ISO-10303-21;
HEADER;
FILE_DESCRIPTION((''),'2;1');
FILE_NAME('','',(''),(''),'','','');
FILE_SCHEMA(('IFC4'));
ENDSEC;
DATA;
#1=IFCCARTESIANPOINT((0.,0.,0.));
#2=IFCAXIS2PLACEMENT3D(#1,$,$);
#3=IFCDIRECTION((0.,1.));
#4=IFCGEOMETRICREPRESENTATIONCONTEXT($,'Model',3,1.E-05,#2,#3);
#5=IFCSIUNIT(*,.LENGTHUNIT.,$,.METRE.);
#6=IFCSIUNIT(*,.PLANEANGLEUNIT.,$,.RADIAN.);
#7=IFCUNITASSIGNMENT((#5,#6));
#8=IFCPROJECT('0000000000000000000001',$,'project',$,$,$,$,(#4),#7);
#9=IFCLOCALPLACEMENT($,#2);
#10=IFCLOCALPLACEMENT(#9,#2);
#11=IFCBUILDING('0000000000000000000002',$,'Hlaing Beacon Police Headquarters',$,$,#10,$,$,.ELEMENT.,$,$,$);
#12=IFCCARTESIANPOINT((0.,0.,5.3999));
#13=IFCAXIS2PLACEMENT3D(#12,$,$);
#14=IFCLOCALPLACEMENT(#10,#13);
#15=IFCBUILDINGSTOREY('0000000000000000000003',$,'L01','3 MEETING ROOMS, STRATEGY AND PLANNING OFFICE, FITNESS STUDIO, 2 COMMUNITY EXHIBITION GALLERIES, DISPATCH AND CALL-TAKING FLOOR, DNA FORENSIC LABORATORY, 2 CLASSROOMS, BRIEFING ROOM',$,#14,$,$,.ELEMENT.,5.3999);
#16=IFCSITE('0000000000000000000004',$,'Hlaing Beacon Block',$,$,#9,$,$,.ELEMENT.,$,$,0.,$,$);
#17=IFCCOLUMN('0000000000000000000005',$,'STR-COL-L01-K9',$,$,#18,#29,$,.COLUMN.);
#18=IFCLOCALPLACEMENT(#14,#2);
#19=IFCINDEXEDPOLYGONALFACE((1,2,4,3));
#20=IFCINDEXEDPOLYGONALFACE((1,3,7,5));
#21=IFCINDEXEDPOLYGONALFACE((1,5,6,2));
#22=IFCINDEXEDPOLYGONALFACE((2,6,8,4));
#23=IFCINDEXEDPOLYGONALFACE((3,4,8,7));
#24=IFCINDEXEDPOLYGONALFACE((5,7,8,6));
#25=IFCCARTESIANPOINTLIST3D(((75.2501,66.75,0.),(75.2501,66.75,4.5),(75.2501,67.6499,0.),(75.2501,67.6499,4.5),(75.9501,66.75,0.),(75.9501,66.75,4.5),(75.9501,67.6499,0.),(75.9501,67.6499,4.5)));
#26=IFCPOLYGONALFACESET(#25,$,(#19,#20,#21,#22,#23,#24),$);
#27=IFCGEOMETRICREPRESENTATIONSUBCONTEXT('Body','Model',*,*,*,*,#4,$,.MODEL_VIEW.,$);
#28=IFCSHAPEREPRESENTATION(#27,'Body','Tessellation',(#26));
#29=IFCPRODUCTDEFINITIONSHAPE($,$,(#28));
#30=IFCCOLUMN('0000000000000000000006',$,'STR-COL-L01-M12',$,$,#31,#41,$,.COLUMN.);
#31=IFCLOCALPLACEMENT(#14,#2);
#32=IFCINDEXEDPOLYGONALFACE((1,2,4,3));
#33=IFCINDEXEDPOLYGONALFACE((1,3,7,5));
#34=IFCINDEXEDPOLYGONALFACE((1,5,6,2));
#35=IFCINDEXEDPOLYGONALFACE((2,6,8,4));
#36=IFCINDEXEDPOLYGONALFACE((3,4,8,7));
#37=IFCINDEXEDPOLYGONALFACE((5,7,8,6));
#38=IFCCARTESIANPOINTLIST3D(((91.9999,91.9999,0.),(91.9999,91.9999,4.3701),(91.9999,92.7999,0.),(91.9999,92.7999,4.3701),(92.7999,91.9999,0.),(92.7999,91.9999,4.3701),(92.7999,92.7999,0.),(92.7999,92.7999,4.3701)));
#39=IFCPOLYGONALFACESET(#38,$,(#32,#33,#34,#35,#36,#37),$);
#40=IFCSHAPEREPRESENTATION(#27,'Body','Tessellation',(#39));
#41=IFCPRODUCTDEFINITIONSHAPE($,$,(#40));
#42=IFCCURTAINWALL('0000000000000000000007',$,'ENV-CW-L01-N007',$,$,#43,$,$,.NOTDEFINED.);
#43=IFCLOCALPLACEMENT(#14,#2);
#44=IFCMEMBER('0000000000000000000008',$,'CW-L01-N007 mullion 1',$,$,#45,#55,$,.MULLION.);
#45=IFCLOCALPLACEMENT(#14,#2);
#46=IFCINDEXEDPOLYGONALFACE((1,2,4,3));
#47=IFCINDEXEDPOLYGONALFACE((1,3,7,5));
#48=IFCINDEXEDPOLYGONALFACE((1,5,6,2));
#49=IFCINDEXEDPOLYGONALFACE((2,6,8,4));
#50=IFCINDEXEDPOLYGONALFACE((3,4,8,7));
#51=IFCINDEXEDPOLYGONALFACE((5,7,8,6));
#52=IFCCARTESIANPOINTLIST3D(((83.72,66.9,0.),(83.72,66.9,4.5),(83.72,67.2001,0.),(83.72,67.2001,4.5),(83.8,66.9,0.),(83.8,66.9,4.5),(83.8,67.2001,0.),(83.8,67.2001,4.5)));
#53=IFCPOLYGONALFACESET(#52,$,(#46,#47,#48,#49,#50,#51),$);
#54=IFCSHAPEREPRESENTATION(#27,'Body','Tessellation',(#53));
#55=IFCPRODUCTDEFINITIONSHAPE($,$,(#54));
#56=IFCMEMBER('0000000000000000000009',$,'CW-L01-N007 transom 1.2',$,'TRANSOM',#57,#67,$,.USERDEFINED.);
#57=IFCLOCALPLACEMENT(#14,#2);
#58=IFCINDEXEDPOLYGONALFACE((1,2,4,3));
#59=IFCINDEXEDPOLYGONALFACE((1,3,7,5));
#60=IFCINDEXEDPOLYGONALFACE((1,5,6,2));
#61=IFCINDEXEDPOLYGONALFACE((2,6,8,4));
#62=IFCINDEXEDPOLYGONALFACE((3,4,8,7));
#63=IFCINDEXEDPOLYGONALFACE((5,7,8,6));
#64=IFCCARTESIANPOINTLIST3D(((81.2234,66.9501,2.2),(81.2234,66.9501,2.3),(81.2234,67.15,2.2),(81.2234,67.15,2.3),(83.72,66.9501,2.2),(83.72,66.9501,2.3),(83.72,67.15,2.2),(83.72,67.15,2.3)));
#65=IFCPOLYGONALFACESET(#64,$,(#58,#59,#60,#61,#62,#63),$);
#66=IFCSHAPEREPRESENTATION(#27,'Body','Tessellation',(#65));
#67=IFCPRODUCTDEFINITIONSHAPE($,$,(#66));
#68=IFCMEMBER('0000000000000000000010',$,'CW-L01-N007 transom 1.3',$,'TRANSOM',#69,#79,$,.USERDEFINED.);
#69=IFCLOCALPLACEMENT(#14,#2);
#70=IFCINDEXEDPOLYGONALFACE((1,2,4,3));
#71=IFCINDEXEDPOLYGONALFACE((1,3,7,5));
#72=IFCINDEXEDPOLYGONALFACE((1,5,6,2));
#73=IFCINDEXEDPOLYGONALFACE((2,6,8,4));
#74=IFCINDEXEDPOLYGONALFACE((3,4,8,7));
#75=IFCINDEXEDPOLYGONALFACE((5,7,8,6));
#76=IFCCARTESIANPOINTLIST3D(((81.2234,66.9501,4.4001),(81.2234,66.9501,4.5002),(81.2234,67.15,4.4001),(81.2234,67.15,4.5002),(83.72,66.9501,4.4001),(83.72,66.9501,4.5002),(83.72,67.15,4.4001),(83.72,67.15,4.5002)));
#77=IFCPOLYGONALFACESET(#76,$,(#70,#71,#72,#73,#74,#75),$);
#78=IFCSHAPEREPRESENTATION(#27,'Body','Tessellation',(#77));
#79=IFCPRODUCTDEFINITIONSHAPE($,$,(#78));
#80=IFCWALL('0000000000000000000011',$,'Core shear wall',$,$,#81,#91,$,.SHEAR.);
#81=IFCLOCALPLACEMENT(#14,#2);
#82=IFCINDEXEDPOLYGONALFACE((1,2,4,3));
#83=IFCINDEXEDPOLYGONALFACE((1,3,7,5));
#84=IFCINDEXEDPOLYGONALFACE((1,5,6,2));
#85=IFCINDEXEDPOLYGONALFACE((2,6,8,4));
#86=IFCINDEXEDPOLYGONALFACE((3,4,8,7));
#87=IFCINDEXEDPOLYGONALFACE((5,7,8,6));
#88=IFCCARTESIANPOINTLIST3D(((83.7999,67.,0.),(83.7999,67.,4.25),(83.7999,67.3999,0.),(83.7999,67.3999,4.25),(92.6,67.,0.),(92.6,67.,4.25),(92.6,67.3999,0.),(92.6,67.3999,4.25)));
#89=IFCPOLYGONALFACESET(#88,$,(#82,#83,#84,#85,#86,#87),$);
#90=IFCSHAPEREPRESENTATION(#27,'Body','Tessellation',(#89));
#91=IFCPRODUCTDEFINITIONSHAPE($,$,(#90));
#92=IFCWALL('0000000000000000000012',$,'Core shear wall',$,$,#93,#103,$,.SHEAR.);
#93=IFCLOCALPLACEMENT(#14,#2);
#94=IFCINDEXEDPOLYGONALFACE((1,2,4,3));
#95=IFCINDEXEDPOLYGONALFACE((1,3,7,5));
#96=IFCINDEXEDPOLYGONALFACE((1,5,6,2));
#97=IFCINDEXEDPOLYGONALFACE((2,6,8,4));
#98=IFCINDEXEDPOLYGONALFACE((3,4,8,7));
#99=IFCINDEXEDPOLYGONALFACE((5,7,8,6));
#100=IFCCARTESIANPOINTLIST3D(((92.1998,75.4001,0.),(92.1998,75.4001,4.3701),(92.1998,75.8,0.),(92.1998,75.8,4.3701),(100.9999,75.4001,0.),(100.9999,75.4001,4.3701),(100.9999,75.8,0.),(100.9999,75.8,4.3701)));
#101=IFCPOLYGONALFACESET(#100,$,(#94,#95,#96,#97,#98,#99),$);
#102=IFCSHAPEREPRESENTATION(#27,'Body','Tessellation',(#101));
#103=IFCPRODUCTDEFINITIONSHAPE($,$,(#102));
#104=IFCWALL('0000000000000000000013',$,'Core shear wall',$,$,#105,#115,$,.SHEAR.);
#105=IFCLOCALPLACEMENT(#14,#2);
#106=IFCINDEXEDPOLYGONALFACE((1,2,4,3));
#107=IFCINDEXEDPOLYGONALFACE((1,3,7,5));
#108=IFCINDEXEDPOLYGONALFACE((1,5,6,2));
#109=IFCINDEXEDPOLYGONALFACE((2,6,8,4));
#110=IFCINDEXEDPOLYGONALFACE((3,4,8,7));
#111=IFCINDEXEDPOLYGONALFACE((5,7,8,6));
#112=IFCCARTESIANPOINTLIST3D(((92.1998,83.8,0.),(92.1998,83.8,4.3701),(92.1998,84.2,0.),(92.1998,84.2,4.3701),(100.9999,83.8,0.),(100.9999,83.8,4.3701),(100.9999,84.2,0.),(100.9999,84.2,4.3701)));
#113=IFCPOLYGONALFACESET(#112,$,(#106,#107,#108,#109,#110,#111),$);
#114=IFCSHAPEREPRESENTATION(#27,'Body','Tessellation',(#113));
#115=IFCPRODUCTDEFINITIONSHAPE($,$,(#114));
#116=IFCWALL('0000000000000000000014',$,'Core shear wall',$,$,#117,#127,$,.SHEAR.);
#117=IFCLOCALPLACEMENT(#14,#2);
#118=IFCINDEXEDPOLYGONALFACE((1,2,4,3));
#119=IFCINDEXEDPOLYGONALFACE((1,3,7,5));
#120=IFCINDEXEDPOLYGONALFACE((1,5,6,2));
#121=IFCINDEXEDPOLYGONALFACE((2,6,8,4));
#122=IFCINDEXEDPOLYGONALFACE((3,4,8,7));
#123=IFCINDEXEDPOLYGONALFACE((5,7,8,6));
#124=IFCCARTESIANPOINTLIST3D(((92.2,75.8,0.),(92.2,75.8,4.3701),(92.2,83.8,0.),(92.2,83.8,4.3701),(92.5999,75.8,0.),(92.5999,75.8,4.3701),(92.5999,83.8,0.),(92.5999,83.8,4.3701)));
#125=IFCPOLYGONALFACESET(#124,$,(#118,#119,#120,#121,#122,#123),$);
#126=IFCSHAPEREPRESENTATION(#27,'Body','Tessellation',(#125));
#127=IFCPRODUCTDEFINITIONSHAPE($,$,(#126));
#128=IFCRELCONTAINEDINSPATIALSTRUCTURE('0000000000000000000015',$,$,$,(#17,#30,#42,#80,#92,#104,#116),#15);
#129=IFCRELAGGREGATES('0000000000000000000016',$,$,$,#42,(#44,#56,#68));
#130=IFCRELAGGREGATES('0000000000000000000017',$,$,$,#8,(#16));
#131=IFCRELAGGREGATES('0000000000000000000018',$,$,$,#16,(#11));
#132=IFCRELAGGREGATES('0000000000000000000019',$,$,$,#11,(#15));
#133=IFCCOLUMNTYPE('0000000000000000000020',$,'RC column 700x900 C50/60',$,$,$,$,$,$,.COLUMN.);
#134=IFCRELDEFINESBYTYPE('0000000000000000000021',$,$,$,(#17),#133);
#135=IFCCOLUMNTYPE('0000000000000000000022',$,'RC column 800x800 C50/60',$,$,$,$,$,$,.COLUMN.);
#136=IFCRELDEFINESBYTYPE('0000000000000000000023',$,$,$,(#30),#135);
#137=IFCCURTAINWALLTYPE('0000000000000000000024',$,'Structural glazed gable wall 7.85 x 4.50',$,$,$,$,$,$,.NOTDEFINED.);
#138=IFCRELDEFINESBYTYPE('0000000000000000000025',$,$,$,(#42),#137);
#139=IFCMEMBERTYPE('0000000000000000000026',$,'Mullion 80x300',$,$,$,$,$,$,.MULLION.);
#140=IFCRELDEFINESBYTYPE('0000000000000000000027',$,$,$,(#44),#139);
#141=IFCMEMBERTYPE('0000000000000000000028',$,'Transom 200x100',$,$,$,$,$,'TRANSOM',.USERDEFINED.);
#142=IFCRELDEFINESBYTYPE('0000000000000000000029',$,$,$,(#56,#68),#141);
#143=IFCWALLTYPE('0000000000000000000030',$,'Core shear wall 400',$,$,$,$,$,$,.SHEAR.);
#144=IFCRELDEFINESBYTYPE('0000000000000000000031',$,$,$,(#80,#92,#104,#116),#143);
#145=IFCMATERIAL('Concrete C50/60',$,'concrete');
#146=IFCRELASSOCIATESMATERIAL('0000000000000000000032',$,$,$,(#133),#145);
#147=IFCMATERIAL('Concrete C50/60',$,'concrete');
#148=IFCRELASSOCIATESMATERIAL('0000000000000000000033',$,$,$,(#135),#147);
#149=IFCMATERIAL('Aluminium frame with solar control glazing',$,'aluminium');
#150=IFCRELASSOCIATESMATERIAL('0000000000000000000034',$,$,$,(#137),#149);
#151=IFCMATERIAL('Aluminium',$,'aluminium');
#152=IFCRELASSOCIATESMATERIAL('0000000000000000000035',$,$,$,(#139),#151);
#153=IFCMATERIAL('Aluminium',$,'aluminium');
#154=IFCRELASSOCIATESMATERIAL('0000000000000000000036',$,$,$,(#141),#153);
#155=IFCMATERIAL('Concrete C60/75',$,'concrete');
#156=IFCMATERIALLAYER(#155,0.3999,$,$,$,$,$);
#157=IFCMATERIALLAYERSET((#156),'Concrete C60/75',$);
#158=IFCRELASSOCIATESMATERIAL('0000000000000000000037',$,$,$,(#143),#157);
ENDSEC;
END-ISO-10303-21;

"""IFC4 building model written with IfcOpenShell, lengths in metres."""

from ifc_helpers import new_model, si_unit, direction, frame, frame_2d, origin, origin_2d, place, context, subcontext, project, spatial, rectangle, extrude, material, layer, layer_set, material_profile, profile_set, type_object, element, aggregate, save


model = new_model("IFC4")

# Units and contexts
model_context = context("Model", 3, precision=1e-05, world=origin(), true_north=direction((0.0, 1.0)))
body_context = subcontext(model_context, "Body", "Model", "MODEL_VIEW")
ifc_project = project(units=[si_unit("LENGTHUNIT", "METRE"), si_unit("PLANEANGLEUNIT", "RADIAN")], contexts=[model_context])

# Site, building, storey
site_placement = place(None, origin())
site = spatial("IfcSite", under=ifc_project, at=site_placement, Name="Hlaing Beacon Block", CompositionType="ELEMENT", RefElevation=0.0)
building_placement = place(site_placement, origin())
building = spatial("IfcBuilding", under=site, at=building_placement, Name="Hlaing Beacon Police Headquarters", CompositionType="ELEMENT")
storey_placement = place(building_placement, frame((0.0, 0.0, 5.3999)))
storey = spatial("IfcBuildingStorey", under=building, at=storey_placement, Name="L01", Description="3 MEETING ROOMS, STRATEGY AND PLANNING OFFICE, FITNESS STUDIO, 2 COMMUNITY EXHIBITION GALLERIES, DISPATCH AND CALL-TAKING FLOOR, DNA FORENSIC LABORATORY, 2 CLASSROOMS, BRIEFING ROOM", CompositionType="ELEMENT", Elevation=5.3999)

# Columns
ifc_material_1 = material(Name="Concrete C50/60", Category="concrete")
ifc_material_profile_1 = material_profile(ifc_material_1, rectangle(XDim=0.7, YDim=0.8999, at=origin_2d()), Name="700x900")
ifc_profile_set_1 = profile_set([ifc_material_profile_1], Name="Concrete C50/60")
column_type_1 = type_object("IfcColumnType", Name="RC column 700x900 C50/60", PredefinedType="COLUMN", material=ifc_profile_set_1)
column_1_placement = place(storey_placement, frame((75.6001, 67.2, 0.0), z_axis=(0.0, 0.0, 1.0), x_axis=(1.0, 0.0, 0.0)))
element("IfcColumn", 1, at=column_1_placement, inside=storey, type_object=column_type_1, Name="STR-COL-L01-K9", PredefinedType="COLUMN", context=body_context, shape_type="SweptSolid", body=[
    extrude(rectangle(XDim=0.7, YDim=0.8999, at=origin_2d()), origin(), (0.0, 0.0, 1.0), 4.5),
])
ifc_material_2 = material(Name="Concrete C50/60", Category="concrete")
ifc_material_profile_2 = material_profile(ifc_material_2, rectangle(XDim=0.8, YDim=0.8, at=origin_2d()), Name="800x800")
ifc_profile_set_2 = profile_set([ifc_material_profile_2], Name="Concrete C50/60")
column_type_2 = type_object("IfcColumnType", Name="RC column 800x800 C50/60", PredefinedType="COLUMN", material=ifc_profile_set_2)
column_2_placement = place(storey_placement, frame((92.3999, 92.3999, 0.0), z_axis=(0.0, 0.0, 1.0), x_axis=(1.0, 0.0, 0.0)))
element("IfcColumn", 2, at=column_2_placement, inside=storey, type_object=column_type_2, Name="STR-COL-L01-M12", PredefinedType="COLUMN", context=body_context, shape_type="SweptSolid", body=[
    extrude(rectangle(XDim=0.8, YDim=0.8, at=origin_2d()), origin(), (0.0, 0.0, 1.0), 4.3701),
])

# Curtain wall, members
ifc_material_3 = material(Name="Aluminium frame with solar control glazing", Category="aluminium")
curtain_wall_type = type_object("IfcCurtainWallType", Name="Structural glazed gable wall 7.85 x 4.50", PredefinedType="NOTDEFINED", material=ifc_material_3)
curtain_wall_placement = place(storey_placement, origin())
curtain_wall = element("IfcCurtainWall", 3, at=curtain_wall_placement, inside=storey, type_object=curtain_wall_type, Name="ENV-CW-L01-N007", PredefinedType="NOTDEFINED")
ifc_material_4 = material(Name="Aluminium", Category="aluminium")
ifc_material_profile_3 = material_profile(ifc_material_4, rectangle(XDim=0.3, YDim=0.0801, at=origin_2d()), Name="Mullion 80x300")
ifc_profile_set_3 = profile_set([ifc_material_profile_3], Name="Aluminium")
member_type_1 = type_object("IfcMemberType", Name="Mullion 80x300", PredefinedType="MULLION", material=ifc_profile_set_3)
member_1_placement = place(storey_placement, frame((83.76, 67.05, 0.0), z_axis=(0.0, 0.0, 1.0), x_axis=(0.0, -1.0, 0.0)))
member_1 = element("IfcMember", 4, at=member_1_placement, type_object=member_type_1, Name="CW-L01-N007 mullion 1", PredefinedType="MULLION", context=body_context, shape_type="SweptSolid", body=[
    extrude(rectangle(XDim=0.3, YDim=0.0801, at=origin_2d()), origin(), (0.0, 0.0, 1.0), 4.5),
])
ifc_material_5 = material(Name="Aluminium", Category="aluminium")
ifc_material_profile_4 = material_profile(ifc_material_5, rectangle(XDim=0.2, YDim=0.1001, at=origin_2d()), Name="Transom 200x100")
ifc_profile_set_4 = profile_set([ifc_material_profile_4], Name="Aluminium")
member_type_2 = type_object("IfcMemberType", Name="Transom 200x100", ElementType="TRANSOM", PredefinedType="USERDEFINED", material=ifc_profile_set_4)
member_2_placement = place(storey_placement, frame((83.72, 67.05, 2.25), z_axis=(-1.0, 0.0, 0.0), x_axis=(0.0, -1.0, 0.0)))
member_2 = element("IfcMember", 5, at=member_2_placement, type_object=member_type_2, Name="CW-L01-N007 transom 1.2", ObjectType="TRANSOM", PredefinedType="USERDEFINED", context=body_context, shape_type="SweptSolid", body=[
    extrude(rectangle(XDim=0.2, YDim=0.1001, at=origin_2d()), origin(), (0.0, 0.0, 1.0), 2.4966),
])
member_3_placement = place(storey_placement, frame((83.72, 67.05, 4.4502), z_axis=(-1.0, 0.0, 0.0), x_axis=(0.0, -1.0, 0.0)))
member_3 = element("IfcMember", 6, at=member_3_placement, type_object=member_type_2, Name="CW-L01-N007 transom 1.3", ObjectType="TRANSOM", PredefinedType="USERDEFINED", context=body_context, shape_type="SweptSolid", body=[
    extrude(rectangle(XDim=0.2, YDim=0.1001, at=origin_2d()), origin(), (0.0, 0.0, 1.0), 2.4966),
])
aggregate(curtain_wall, [member_1, member_2, member_3])

# Walls
ifc_material_6 = material(Name="Concrete C60/75", Category="concrete")
ifc_layer_1 = layer(ifc_material_6, 0.3999)
ifc_layer_set_1 = layer_set([ifc_layer_1], Name="Concrete C60/75")
wall_type_1 = type_object("IfcWallType", Name="Core shear wall 400", PredefinedType="SHEAR", material=ifc_layer_set_1)
wall_1_placement = place(storey_placement, frame((83.8, 67.2, 0.0), z_axis=(0.0, 0.0, 1.0), x_axis=(1.0, 0.0, 0.0)))
element("IfcWall", 7, at=wall_1_placement, inside=storey, type_object=wall_type_1, Name="Core shear wall", PredefinedType="SHEAR", context=body_context, shape_type="SweptSolid", body=[
    extrude(rectangle(XDim=8.8, YDim=0.3999, at=frame_2d((4.3999, 0.0))), origin(), (0.0, 0.0, 1.0), 4.25),
])
for number, where, z_axis, x_axis, name in (
    (8, (92.2, 75.6001, 0.0), (0.0, 0.0, 1.0), (1.0, 0.0, 0.0), "Core shear wall"),
    (9, (92.2, 84.0, 0.0), (0.0, 0.0, 1.0), (1.0, 0.0, 0.0), "Core shear wall"),
):
    element("IfcWall", number, at=place(storey_placement, frame(where, z_axis=z_axis, x_axis=x_axis)), inside=storey, type_object=wall_type_1, Name=name, PredefinedType="SHEAR", context=body_context, shape_type="SweptSolid", body=[
        extrude(rectangle(XDim=8.8, YDim=0.3999, at=frame_2d((4.3999, 0.0))), origin(), (0.0, 0.0, 1.0), 4.3701),
    ])
wall_2_placement = place(storey_placement, frame((92.3999, 75.8, 0.0), z_axis=(0.0, 0.0, 1.0), x_axis=(0.0, 1.0, 0.0)))
element("IfcWall", 10, at=wall_2_placement, inside=storey, type_object=wall_type_1, Name="Core shear wall", PredefinedType="SHEAR", context=body_context, shape_type="SweptSolid", body=[
    extrude(rectangle(XDim=8.0, YDim=0.3999, at=frame_2d((4.0, 0.0))), origin(), (0.0, 0.0, 1.0), 4.3701),
])

save(model, "model.ifc")
